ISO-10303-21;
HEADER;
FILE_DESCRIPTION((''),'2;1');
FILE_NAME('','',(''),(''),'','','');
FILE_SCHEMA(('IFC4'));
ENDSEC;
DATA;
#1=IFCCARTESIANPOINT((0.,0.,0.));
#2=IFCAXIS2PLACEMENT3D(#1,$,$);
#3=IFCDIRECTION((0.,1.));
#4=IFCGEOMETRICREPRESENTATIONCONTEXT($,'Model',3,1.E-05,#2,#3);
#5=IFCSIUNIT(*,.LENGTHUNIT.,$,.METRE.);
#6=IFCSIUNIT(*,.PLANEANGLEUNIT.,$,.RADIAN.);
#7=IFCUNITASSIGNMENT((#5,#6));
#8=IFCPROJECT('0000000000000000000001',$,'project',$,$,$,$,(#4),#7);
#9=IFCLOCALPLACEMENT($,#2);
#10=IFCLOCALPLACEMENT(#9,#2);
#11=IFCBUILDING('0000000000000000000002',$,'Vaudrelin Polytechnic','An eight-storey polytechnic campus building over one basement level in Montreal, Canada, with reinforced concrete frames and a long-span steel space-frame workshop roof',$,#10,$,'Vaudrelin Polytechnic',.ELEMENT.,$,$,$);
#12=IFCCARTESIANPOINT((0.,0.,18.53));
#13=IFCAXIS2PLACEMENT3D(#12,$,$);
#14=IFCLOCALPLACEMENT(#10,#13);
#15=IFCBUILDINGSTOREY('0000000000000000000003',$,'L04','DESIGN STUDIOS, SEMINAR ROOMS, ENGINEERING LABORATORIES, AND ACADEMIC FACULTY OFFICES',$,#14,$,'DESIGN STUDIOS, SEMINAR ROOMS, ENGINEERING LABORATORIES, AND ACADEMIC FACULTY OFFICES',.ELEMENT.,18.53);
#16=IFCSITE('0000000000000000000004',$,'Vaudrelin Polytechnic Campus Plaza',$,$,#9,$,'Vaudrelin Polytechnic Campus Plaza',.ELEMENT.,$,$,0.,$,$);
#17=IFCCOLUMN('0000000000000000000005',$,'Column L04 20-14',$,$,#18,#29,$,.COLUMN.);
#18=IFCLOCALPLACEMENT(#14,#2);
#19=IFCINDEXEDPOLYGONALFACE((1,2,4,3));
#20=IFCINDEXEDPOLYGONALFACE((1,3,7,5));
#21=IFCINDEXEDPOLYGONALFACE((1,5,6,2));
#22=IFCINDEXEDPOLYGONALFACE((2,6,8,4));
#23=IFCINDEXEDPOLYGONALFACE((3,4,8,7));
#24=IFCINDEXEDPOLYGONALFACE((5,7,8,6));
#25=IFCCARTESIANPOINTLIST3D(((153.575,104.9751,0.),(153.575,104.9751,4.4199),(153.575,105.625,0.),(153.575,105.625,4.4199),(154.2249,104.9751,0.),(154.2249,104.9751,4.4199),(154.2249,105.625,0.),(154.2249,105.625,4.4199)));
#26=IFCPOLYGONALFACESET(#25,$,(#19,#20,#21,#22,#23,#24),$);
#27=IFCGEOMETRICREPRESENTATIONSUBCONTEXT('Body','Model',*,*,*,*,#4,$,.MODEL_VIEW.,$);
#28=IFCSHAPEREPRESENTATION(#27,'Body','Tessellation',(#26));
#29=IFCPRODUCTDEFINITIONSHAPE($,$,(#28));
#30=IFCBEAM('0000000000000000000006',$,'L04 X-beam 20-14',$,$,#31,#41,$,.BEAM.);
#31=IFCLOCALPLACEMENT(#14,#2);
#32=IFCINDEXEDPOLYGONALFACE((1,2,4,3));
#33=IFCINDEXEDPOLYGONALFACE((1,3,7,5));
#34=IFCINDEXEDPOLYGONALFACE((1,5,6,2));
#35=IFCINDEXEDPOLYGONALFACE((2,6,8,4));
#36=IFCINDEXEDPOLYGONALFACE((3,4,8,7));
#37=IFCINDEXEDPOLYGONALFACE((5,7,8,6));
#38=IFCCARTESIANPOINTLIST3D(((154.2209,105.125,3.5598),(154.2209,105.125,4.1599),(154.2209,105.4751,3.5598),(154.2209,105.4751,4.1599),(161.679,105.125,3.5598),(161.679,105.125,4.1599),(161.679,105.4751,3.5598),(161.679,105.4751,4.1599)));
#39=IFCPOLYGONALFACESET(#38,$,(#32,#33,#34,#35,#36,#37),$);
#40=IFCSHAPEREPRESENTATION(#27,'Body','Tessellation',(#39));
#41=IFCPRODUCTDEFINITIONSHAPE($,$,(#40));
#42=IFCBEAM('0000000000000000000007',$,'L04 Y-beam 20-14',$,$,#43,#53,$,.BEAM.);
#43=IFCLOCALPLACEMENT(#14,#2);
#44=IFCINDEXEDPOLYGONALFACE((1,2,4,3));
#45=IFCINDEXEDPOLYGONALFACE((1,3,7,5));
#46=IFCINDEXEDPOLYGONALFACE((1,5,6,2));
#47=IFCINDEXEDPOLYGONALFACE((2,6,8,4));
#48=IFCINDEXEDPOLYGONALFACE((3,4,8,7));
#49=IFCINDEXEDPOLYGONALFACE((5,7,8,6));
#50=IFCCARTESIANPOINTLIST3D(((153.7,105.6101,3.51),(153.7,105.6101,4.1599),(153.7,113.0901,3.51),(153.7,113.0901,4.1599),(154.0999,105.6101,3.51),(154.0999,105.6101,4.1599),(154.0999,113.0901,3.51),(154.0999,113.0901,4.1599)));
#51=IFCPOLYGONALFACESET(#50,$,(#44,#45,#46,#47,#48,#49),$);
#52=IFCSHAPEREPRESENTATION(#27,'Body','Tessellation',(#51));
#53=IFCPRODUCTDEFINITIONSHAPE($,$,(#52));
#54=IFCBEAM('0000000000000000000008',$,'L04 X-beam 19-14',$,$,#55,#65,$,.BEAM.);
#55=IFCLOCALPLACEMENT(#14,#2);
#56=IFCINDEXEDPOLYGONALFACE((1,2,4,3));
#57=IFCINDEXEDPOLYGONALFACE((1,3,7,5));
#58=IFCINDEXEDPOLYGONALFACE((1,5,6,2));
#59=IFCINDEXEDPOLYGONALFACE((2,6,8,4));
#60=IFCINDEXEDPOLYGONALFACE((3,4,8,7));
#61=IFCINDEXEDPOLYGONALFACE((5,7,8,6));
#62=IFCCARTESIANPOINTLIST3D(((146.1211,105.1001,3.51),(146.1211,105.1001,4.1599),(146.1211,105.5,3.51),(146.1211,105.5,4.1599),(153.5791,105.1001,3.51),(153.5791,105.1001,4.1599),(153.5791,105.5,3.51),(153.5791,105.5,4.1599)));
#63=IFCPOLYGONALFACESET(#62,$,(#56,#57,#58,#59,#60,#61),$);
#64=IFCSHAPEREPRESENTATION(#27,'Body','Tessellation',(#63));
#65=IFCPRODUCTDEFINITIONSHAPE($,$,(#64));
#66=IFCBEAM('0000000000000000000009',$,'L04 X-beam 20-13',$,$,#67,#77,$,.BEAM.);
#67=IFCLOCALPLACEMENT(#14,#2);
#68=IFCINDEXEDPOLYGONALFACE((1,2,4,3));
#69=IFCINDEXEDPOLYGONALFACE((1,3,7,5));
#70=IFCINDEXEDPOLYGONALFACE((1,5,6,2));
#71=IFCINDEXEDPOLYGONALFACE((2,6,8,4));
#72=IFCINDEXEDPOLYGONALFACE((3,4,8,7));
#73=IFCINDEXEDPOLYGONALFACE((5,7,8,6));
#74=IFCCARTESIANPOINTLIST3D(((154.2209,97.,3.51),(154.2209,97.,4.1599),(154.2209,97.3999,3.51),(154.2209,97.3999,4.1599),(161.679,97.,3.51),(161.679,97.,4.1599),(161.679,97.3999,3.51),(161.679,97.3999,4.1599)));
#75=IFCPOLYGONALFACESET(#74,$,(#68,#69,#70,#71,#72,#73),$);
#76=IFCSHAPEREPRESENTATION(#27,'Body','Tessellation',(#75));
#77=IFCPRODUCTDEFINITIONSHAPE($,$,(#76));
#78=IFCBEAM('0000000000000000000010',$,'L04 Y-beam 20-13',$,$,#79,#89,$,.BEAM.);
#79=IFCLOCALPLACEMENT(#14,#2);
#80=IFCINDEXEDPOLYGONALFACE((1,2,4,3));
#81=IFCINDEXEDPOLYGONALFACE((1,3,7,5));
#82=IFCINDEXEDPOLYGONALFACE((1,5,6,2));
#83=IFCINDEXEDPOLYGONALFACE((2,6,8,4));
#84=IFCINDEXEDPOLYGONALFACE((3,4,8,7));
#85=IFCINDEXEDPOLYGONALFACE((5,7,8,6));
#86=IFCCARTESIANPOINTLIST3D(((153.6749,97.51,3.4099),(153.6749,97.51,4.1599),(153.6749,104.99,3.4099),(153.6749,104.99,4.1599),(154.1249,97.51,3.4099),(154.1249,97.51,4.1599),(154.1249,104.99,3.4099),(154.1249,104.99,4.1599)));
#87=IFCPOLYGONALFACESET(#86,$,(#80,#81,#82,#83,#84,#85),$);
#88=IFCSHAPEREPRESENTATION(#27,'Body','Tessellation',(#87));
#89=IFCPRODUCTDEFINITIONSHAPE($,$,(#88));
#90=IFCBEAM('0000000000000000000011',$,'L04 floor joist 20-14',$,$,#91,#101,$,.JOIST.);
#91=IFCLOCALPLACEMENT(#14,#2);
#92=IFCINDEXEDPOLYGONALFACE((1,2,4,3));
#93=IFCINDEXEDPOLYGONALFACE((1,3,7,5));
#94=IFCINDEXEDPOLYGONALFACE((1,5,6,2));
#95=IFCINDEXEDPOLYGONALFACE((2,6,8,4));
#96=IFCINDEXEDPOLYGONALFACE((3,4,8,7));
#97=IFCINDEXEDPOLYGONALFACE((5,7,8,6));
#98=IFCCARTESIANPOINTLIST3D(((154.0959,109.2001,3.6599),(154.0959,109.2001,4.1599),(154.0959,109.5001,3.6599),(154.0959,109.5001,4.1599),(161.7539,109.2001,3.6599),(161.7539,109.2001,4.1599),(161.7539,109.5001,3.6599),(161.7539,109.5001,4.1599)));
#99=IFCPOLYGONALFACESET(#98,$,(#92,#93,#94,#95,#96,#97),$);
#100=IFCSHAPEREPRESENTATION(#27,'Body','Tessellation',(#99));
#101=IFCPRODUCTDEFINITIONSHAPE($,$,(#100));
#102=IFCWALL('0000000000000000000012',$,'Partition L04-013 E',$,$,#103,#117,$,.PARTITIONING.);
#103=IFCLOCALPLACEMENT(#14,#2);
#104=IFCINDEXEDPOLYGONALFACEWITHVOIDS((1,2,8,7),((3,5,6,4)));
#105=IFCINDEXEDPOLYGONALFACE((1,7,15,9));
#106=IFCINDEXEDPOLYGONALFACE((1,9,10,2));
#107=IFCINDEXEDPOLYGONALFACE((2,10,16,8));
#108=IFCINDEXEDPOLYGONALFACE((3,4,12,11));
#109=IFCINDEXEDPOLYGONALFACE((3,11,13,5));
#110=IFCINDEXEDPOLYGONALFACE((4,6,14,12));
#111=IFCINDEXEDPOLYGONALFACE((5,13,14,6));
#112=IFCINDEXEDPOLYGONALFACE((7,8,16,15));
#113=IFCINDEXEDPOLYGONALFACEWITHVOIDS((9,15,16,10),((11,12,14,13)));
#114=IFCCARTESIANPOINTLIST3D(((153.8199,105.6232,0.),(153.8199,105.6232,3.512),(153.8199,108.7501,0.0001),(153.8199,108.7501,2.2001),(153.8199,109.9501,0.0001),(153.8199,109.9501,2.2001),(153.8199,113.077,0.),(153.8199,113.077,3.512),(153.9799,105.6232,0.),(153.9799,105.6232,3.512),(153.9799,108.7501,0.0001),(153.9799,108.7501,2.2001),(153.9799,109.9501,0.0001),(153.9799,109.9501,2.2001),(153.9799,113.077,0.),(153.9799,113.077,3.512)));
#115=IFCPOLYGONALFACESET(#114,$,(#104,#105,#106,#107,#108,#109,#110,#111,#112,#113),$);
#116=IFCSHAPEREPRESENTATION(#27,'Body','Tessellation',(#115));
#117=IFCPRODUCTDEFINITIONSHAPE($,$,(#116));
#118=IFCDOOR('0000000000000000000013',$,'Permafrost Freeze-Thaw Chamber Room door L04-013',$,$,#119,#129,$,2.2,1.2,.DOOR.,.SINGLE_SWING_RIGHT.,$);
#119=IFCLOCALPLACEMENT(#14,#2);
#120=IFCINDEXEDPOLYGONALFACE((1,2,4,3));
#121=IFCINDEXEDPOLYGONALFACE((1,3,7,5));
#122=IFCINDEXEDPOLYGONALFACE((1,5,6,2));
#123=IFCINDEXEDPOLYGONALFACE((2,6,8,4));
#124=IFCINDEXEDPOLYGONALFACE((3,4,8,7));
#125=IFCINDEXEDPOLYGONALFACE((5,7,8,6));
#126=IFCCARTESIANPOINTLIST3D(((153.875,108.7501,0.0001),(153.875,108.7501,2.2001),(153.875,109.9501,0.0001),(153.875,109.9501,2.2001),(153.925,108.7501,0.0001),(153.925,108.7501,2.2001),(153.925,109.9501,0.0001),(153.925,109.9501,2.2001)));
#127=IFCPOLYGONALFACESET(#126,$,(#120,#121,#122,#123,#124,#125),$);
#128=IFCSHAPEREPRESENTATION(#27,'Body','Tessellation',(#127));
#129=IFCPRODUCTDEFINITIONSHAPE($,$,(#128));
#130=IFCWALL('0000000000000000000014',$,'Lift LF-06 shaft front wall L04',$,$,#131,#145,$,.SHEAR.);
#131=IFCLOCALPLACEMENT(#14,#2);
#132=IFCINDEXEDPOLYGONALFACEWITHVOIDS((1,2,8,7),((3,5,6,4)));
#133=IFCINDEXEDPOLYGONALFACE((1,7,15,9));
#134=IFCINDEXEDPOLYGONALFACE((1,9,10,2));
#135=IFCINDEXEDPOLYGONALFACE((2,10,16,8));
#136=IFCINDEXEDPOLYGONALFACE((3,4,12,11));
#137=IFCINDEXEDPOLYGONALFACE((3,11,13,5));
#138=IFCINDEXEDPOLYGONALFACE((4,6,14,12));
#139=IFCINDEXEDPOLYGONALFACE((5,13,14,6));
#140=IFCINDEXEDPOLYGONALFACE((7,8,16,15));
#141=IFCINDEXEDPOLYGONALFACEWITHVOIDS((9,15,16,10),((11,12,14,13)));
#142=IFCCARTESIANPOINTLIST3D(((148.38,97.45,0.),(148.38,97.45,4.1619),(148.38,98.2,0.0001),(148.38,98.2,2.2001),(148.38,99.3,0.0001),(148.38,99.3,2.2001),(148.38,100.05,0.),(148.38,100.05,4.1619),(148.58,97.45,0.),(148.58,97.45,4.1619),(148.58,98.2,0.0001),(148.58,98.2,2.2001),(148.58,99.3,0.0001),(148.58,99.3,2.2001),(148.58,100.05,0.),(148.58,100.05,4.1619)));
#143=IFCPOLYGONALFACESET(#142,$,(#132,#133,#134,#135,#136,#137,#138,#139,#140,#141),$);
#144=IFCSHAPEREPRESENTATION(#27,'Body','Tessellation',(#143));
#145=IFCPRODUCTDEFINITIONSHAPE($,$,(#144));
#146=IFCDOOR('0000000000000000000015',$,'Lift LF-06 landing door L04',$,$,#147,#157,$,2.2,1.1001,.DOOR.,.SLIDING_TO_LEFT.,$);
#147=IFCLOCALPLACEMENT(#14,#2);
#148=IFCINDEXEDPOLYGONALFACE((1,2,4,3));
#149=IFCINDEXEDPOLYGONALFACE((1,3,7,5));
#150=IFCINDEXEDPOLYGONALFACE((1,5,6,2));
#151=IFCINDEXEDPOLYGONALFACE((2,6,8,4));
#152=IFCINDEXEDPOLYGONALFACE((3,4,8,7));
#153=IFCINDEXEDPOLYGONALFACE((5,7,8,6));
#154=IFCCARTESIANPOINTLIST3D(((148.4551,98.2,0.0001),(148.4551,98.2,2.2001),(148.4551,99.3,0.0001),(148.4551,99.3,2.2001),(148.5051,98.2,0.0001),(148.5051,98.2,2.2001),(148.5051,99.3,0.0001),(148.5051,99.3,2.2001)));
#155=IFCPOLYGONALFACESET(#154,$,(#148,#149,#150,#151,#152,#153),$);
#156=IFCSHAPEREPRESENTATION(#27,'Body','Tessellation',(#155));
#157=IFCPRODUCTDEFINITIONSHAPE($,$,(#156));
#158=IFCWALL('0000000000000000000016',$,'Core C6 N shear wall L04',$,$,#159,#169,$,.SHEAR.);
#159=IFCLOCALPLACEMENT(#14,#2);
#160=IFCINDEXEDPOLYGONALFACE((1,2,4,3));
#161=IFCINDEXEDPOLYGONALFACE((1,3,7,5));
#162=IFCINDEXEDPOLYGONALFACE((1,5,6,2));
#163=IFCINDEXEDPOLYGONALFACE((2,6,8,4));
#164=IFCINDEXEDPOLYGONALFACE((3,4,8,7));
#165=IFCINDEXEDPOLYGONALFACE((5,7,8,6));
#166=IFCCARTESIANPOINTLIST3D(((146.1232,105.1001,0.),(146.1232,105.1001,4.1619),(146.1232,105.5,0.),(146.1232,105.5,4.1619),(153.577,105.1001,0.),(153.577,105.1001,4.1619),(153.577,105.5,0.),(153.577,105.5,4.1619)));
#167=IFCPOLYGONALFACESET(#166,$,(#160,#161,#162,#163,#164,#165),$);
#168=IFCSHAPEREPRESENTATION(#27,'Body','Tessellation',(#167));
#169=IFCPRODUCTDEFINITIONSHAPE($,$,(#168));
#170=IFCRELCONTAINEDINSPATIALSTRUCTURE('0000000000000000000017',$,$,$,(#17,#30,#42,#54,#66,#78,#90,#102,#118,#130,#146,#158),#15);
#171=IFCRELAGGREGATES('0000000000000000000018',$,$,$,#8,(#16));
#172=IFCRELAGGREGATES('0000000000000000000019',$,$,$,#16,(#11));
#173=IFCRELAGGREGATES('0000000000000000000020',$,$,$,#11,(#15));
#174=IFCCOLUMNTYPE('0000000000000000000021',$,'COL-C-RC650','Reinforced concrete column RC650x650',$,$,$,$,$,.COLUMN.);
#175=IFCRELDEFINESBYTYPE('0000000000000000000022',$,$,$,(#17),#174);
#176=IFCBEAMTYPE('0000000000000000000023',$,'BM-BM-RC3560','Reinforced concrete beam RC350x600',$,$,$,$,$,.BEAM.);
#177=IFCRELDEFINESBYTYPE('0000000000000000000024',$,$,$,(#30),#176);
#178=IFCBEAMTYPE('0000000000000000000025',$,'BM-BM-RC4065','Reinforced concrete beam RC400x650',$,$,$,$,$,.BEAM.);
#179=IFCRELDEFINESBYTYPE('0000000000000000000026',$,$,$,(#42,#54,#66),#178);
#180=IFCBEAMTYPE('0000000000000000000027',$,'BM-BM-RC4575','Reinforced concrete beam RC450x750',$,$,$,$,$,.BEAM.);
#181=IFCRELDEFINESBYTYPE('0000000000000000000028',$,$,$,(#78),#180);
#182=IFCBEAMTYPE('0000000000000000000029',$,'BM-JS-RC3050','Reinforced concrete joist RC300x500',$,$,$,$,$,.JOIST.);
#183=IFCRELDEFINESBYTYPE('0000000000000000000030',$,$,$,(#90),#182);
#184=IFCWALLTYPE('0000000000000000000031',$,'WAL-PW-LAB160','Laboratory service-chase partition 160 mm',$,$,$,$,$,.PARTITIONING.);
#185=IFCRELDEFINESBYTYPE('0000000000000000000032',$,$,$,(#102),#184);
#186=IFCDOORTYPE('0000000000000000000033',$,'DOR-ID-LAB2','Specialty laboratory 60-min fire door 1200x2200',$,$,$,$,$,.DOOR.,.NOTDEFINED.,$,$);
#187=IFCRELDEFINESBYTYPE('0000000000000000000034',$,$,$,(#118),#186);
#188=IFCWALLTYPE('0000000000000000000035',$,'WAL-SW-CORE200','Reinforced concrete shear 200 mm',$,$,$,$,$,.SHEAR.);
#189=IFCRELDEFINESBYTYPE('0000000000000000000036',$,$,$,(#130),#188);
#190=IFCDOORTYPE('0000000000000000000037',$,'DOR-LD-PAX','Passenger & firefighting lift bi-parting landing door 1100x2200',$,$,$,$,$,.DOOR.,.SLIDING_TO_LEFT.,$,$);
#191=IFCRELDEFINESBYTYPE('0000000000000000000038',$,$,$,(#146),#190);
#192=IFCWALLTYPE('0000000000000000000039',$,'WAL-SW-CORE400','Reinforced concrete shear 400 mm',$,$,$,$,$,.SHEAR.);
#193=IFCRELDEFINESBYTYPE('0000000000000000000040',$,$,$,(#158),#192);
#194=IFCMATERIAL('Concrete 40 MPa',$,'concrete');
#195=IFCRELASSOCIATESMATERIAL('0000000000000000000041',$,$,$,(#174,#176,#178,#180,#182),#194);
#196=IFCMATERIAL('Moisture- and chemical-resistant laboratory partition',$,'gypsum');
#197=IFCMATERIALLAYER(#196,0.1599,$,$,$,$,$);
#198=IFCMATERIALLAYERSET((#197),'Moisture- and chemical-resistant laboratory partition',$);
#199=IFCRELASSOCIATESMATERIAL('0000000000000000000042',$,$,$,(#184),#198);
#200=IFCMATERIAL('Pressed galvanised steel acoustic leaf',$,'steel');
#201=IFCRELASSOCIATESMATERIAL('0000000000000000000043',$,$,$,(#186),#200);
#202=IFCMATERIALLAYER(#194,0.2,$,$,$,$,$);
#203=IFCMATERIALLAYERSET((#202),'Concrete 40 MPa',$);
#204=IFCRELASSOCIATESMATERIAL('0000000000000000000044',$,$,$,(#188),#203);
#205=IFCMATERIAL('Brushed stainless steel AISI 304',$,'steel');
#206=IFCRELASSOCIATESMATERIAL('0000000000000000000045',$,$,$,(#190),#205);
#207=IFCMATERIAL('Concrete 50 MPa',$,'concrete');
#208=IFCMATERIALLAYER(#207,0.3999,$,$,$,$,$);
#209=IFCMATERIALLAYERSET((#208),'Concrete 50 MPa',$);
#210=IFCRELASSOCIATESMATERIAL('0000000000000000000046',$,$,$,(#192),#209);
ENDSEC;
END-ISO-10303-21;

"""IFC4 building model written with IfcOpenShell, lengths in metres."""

from ifc_helpers import new_model, si_unit, direction, frame, frame_2d, origin, origin_2d, place, context, subcontext, project, spatial, rectangle, extrude, material, layer, layer_set, material_profile, profile_set, type_object, element, fill, save


model = new_model("IFC4")

# Units and contexts
model_context = context("Model", 3, precision=1e-05, world=origin(), true_north=direction((0.0, 1.0)))
body_context = subcontext(model_context, "Body", "Model", "MODEL_VIEW")
ifc_project = project(units=[si_unit("LENGTHUNIT", "METRE"), si_unit("PLANEANGLEUNIT", "RADIAN")], contexts=[model_context])

# Site, building, storey
site_placement = place(None, origin())
site = spatial("IfcSite", under=ifc_project, at=site_placement, Name="Vaudrelin Polytechnic Campus Plaza", LongName="Vaudrelin Polytechnic Campus Plaza", CompositionType="ELEMENT", RefElevation=0.0)
building_placement = place(site_placement, origin())
building = spatial("IfcBuilding", under=site, at=building_placement, Name="Vaudrelin Polytechnic", Description="An eight-storey polytechnic campus building over one basement level in Montreal, Canada, with reinforced concrete frames and a long-span steel space-frame workshop roof", LongName="Vaudrelin Polytechnic", CompositionType="ELEMENT")
storey_placement = place(building_placement, frame((0.0, 0.0, 18.53)))
storey = spatial("IfcBuildingStorey", under=building, at=storey_placement, Name="L04", Description="DESIGN STUDIOS, SEMINAR ROOMS, ENGINEERING LABORATORIES, AND ACADEMIC FACULTY OFFICES", LongName="DESIGN STUDIOS, SEMINAR ROOMS, ENGINEERING LABORATORIES, AND ACADEMIC FACULTY OFFICES", CompositionType="ELEMENT", Elevation=18.53)

# Column
ifc_material_1 = material(Name="Concrete 40 MPa", Category="concrete")
ifc_material_profile_1 = material_profile(ifc_material_1, rectangle(XDim=0.6499, YDim=0.6499, at=origin_2d()), Name="RC650x650")
ifc_profile_set_1 = profile_set([ifc_material_profile_1], Name="Concrete 40 MPa")
column_type = type_object("IfcColumnType", Name="COL-C-RC650", Description="Reinforced concrete column RC650x650", PredefinedType="COLUMN", material=ifc_profile_set_1)
column_placement = place(storey_placement, frame((153.8999, 105.3, 0.0), z_axis=(0.0, 0.0, 1.0), x_axis=(1.0, 0.0, 0.0)))
element("IfcColumn", 1, at=column_placement, inside=storey, type_object=column_type, Name="Column L04 20-14", PredefinedType="COLUMN", context=body_context, shape_type="SweptSolid", body=[
    extrude(rectangle(XDim=0.6499, YDim=0.6499, at=origin_2d()), origin(), (0.0, 0.0, 1.0), 4.4199),
])

# Beams
ifc_material_profile_2 = material_profile(ifc_material_1, rectangle(XDim=0.3501, YDim=0.6001, at=origin_2d()), Name="RC350x600")
ifc_profile_set_2 = profile_set([ifc_material_profile_2], Name="Concrete 40 MPa")
beam_type_1 = type_object("IfcBeamType", Name="BM-BM-RC3560", Description="Reinforced concrete beam RC350x600", PredefinedType="BEAM", material=ifc_profile_set_2)
beam_1_placement = place(storey_placement, frame((154.2209, 105.3, 3.8599), z_axis=(1.0, 0.0, 0.0), x_axis=(0.0, 1.0, 0.0)))
element("IfcBeam", 2, at=beam_1_placement, inside=storey, type_object=beam_type_1, Name="L04 X-beam 20-14", PredefinedType="BEAM", context=body_context, shape_type="SweptSolid", body=[
    extrude(rectangle(XDim=0.3501, YDim=0.6001, at=origin_2d()), origin(), (0.0, 0.0, 1.0), 7.458),
])
ifc_material_profile_3 = material_profile(ifc_material_1, rectangle(XDim=0.3999, YDim=0.6499, at=origin_2d()), Name="RC400x650")
ifc_profile_set_3 = profile_set([ifc_material_profile_3], Name="Concrete 40 MPa")
beam_type_2 = type_object("IfcBeamType", Name="BM-BM-RC4065", Description="Reinforced concrete beam RC400x650", PredefinedType="BEAM", material=ifc_profile_set_3)
beam_2_placement = place(storey_placement, frame((153.8999, 105.6101, 3.835), z_axis=(0.0, 1.0, 0.0), x_axis=(-1.0, 0.0, 0.0)))
element("IfcBeam", 3, at=beam_2_placement, inside=storey, type_object=beam_type_2, Name="L04 Y-beam 20-14", PredefinedType="BEAM", context=body_context, shape_type="SweptSolid", body=[
    extrude(rectangle(XDim=0.3999, YDim=0.6499, at=origin_2d()), origin(), (0.0, 0.0, 1.0), 7.48),
])
for number, where, z_axis, x_axis, name in (
    (4, (146.1211, 105.3, 3.835), (1.0, 0.0, 0.0), (0.0, 1.0, 0.0), "L04 X-beam 19-14"),
    (5, (154.2209, 97.2, 3.835), (1.0, 0.0, 0.0), (0.0, 1.0, 0.0), "L04 X-beam 20-13"),
):
    element("IfcBeam", number, at=place(storey_placement, frame(where, z_axis=z_axis, x_axis=x_axis)), inside=storey, type_object=beam_type_2, Name=name, PredefinedType="BEAM", context=body_context, shape_type="SweptSolid", body=[
        extrude(rectangle(XDim=0.3999, YDim=0.6499, at=origin_2d()), origin(), (0.0, 0.0, 1.0), 7.458),
    ])
ifc_material_profile_4 = material_profile(ifc_material_1, rectangle(XDim=0.45, YDim=0.75, at=origin_2d()), Name="RC450x750")
ifc_profile_set_4 = profile_set([ifc_material_profile_4], Name="Concrete 40 MPa")
beam_type_3 = type_object("IfcBeamType", Name="BM-BM-RC4575", Description="Reinforced concrete beam RC450x750", PredefinedType="BEAM", material=ifc_profile_set_4)
beam_3_placement = place(storey_placement, frame((153.8999, 97.51, 3.7849), z_axis=(0.0, 1.0, 0.0), x_axis=(-1.0, 0.0, 0.0)))
element("IfcBeam", 6, at=beam_3_placement, inside=storey, type_object=beam_type_3, Name="L04 Y-beam 20-13", PredefinedType="BEAM", context=body_context, shape_type="SweptSolid", body=[
    extrude(rectangle(XDim=0.45, YDim=0.75, at=origin_2d()), origin(), (0.0, 0.0, 1.0), 7.48),
])
ifc_material_profile_5 = material_profile(ifc_material_1, rectangle(XDim=0.3, YDim=0.5, at=origin_2d()), Name="RC300x500")
ifc_profile_set_5 = profile_set([ifc_material_profile_5], Name="Concrete 40 MPa")
beam_type_4 = type_object("IfcBeamType", Name="BM-JS-RC3050", Description="Reinforced concrete joist RC300x500", PredefinedType="JOIST", material=ifc_profile_set_5)
beam_4_placement = place(storey_placement, frame((154.0959, 109.3501, 3.9099), z_axis=(1.0, 0.0, 0.0), x_axis=(0.0, 1.0, 0.0)))
element("IfcBeam", 7, at=beam_4_placement, inside=storey, type_object=beam_type_4, Name="L04 floor joist 20-14", PredefinedType="JOIST", context=body_context, shape_type="SweptSolid", body=[
    extrude(rectangle(XDim=0.3, YDim=0.5, at=origin_2d()), origin(), (0.0, 0.0, 1.0), 7.658),
])

# Walls, openings, doors
ifc_material_2 = material(Name="Pressed galvanised steel acoustic leaf", Category="steel")
ifc_material_3 = material(Name="Moisture- and chemical-resistant laboratory partition", Category="gypsum")
ifc_layer_1 = layer(ifc_material_3, 0.1599)
ifc_layer_set_1 = layer_set([ifc_layer_1], Name="Moisture- and chemical-resistant laboratory partition")
wall_type_1 = type_object("IfcWallType", Name="WAL-PW-LAB160", Description="Laboratory service-chase partition 160 mm", PredefinedType="PARTITIONING", material=ifc_layer_set_1)
wall_1_placement = place(storey_placement, frame((153.8999, 105.623, 0.0), z_axis=(0.0, 0.0, 1.0), x_axis=(0.0, 1.0, 0.0)))
wall_1 = element("IfcWall", 8, at=wall_1_placement, inside=storey, type_object=wall_type_1, Name="Partition L04-013 E", PredefinedType="PARTITIONING", context=body_context, shape_type="SweptSolid", body=[
    extrude(rectangle(XDim=7.4539, YDim=0.1599, at=frame_2d((3.7271, 0.0))), origin(), (0.0, 0.0, 1.0), 3.512),
])
opening_1_placement = place(wall_1_placement, frame((3.127, 0.0, 0.0)))
opening_1 = element("IfcOpeningElement", 9, at=opening_1_placement, cuts=wall_1, PredefinedType="OPENING", context=body_context, shape_type="SweptSolid", body=[
    extrude(rectangle(XDim=1.2, YDim=2.2, at=frame_2d((0.6001, 1.1001))), frame((0.0, 0.0898, 0.0), z_axis=(0.0, -1.0, 0.0), x_axis=(1.0, 0.0, 0.0)), (0.0, 0.0, 1.0), 0.1799),
])
door_type_1 = type_object("IfcDoorType", Name="DOR-ID-LAB2", Description="Specialty laboratory 60-min fire door 1200x2200", OperationType="NOTDEFINED", PredefinedType="DOOR", material=ifc_material_2)
door_1_placement = place(opening_1_placement, origin())
door_1 = element("IfcDoor", 10, at=door_1_placement, inside=storey, type_object=door_type_1, Name="Permafrost Freeze-Thaw Chamber Room door L04-013", OperationType="SINGLE_SWING_RIGHT", OverallHeight=2.2, OverallWidth=1.2, PredefinedType="DOOR", context=body_context, shape_type="SweptSolid", body=[
    extrude(rectangle(XDim=1.2, YDim=2.2, at=frame_2d((0.6001, 1.1001))), frame((0.0, 0.0249, 0.0), z_axis=(0.0, -1.0, 0.0), x_axis=(1.0, 0.0, 0.0)), (0.0, 0.0, 1.0), 0.05),
])
fill(opening_1, door_1)
ifc_layer_2 = layer(ifc_material_1, 0.2)
ifc_layer_set_2 = layer_set([ifc_layer_2], Name="Concrete 40 MPa")
wall_type_2 = type_object("IfcWallType", Name="WAL-SW-CORE200", Description="Reinforced concrete shear 200 mm", PredefinedType="SHEAR", material=ifc_layer_set_2)
wall_2_placement = place(storey_placement, frame((148.48, 97.45, 0.0), z_axis=(0.0, 0.0, 1.0), x_axis=(0.0, 1.0, 0.0)))
wall_2 = element("IfcWall", 11, at=wall_2_placement, inside=storey, type_object=wall_type_2, Name="Lift LF-06 shaft front wall L04", PredefinedType="SHEAR", context=body_context, shape_type="SweptSolid", body=[
    extrude(rectangle(XDim=2.6001, YDim=0.2, at=frame_2d((1.3, 0.0))), origin(), (0.0, 0.0, 1.0), 4.1619),
])
opening_2_placement = place(wall_2_placement, frame((0.75, 0.0, 0.0)))
opening_2 = element("IfcOpeningElement", 12, at=opening_2_placement, cuts=wall_2, PredefinedType="OPENING", context=body_context, shape_type="SweptSolid", body=[
    extrude(rectangle(XDim=1.1001, YDim=2.2, at=frame_2d((0.55, 1.1001))), frame((0.0, 0.1099, 0.0), z_axis=(0.0, -1.0, 0.0), x_axis=(1.0, 0.0, 0.0)), (0.0, 0.0, 1.0), 0.22),
])
ifc_material_4 = material(Name="Brushed stainless steel AISI 304", Category="steel")
door_type_2 = type_object("IfcDoorType", Name="DOR-LD-PAX", Description="Passenger & firefighting lift bi-parting landing door 1100x2200", OperationType="SLIDING_TO_LEFT", PredefinedType="DOOR", material=ifc_material_4)
door_2_placement = place(opening_2_placement, origin())
door_2 = element("IfcDoor", 13, at=door_2_placement, inside=storey, type_object=door_type_2, Name="Lift LF-06 landing door L04", OperationType="SLIDING_TO_LEFT", OverallHeight=2.2, OverallWidth=1.1001, PredefinedType="DOOR", context=body_context, shape_type="SweptSolid", body=[
    extrude(rectangle(XDim=1.1001, YDim=2.2, at=frame_2d((0.55, 1.1001))), frame((0.0, 0.0249, 0.0), z_axis=(0.0, -1.0, 0.0), x_axis=(1.0, 0.0, 0.0)), (0.0, 0.0, 1.0), 0.05),
])
fill(opening_2, door_2)

# Wall
ifc_material_5 = material(Name="Concrete 50 MPa", Category="concrete")
ifc_layer_3 = layer(ifc_material_5, 0.3999)
ifc_layer_set_3 = layer_set([ifc_layer_3], Name="Concrete 50 MPa")
wall_type_3 = type_object("IfcWallType", Name="WAL-SW-CORE400", Description="Reinforced concrete shear 400 mm", PredefinedType="SHEAR", material=ifc_layer_set_3)
wall_3_placement = place(storey_placement, frame((146.123, 105.3, 0.0), z_axis=(0.0, 0.0, 1.0), x_axis=(1.0, 0.0, 0.0)))
element("IfcWall", 14, at=wall_3_placement, inside=storey, type_object=wall_type_3, Name="Core C6 N shear wall L04", PredefinedType="SHEAR", context=body_context, shape_type="SweptSolid", body=[
    extrude(rectangle(XDim=7.4539, YDim=0.3999, at=frame_2d((3.7271, 0.0))), origin(), (0.0, 0.0, 1.0), 4.1619),
])

save(model, "model.ifc")
